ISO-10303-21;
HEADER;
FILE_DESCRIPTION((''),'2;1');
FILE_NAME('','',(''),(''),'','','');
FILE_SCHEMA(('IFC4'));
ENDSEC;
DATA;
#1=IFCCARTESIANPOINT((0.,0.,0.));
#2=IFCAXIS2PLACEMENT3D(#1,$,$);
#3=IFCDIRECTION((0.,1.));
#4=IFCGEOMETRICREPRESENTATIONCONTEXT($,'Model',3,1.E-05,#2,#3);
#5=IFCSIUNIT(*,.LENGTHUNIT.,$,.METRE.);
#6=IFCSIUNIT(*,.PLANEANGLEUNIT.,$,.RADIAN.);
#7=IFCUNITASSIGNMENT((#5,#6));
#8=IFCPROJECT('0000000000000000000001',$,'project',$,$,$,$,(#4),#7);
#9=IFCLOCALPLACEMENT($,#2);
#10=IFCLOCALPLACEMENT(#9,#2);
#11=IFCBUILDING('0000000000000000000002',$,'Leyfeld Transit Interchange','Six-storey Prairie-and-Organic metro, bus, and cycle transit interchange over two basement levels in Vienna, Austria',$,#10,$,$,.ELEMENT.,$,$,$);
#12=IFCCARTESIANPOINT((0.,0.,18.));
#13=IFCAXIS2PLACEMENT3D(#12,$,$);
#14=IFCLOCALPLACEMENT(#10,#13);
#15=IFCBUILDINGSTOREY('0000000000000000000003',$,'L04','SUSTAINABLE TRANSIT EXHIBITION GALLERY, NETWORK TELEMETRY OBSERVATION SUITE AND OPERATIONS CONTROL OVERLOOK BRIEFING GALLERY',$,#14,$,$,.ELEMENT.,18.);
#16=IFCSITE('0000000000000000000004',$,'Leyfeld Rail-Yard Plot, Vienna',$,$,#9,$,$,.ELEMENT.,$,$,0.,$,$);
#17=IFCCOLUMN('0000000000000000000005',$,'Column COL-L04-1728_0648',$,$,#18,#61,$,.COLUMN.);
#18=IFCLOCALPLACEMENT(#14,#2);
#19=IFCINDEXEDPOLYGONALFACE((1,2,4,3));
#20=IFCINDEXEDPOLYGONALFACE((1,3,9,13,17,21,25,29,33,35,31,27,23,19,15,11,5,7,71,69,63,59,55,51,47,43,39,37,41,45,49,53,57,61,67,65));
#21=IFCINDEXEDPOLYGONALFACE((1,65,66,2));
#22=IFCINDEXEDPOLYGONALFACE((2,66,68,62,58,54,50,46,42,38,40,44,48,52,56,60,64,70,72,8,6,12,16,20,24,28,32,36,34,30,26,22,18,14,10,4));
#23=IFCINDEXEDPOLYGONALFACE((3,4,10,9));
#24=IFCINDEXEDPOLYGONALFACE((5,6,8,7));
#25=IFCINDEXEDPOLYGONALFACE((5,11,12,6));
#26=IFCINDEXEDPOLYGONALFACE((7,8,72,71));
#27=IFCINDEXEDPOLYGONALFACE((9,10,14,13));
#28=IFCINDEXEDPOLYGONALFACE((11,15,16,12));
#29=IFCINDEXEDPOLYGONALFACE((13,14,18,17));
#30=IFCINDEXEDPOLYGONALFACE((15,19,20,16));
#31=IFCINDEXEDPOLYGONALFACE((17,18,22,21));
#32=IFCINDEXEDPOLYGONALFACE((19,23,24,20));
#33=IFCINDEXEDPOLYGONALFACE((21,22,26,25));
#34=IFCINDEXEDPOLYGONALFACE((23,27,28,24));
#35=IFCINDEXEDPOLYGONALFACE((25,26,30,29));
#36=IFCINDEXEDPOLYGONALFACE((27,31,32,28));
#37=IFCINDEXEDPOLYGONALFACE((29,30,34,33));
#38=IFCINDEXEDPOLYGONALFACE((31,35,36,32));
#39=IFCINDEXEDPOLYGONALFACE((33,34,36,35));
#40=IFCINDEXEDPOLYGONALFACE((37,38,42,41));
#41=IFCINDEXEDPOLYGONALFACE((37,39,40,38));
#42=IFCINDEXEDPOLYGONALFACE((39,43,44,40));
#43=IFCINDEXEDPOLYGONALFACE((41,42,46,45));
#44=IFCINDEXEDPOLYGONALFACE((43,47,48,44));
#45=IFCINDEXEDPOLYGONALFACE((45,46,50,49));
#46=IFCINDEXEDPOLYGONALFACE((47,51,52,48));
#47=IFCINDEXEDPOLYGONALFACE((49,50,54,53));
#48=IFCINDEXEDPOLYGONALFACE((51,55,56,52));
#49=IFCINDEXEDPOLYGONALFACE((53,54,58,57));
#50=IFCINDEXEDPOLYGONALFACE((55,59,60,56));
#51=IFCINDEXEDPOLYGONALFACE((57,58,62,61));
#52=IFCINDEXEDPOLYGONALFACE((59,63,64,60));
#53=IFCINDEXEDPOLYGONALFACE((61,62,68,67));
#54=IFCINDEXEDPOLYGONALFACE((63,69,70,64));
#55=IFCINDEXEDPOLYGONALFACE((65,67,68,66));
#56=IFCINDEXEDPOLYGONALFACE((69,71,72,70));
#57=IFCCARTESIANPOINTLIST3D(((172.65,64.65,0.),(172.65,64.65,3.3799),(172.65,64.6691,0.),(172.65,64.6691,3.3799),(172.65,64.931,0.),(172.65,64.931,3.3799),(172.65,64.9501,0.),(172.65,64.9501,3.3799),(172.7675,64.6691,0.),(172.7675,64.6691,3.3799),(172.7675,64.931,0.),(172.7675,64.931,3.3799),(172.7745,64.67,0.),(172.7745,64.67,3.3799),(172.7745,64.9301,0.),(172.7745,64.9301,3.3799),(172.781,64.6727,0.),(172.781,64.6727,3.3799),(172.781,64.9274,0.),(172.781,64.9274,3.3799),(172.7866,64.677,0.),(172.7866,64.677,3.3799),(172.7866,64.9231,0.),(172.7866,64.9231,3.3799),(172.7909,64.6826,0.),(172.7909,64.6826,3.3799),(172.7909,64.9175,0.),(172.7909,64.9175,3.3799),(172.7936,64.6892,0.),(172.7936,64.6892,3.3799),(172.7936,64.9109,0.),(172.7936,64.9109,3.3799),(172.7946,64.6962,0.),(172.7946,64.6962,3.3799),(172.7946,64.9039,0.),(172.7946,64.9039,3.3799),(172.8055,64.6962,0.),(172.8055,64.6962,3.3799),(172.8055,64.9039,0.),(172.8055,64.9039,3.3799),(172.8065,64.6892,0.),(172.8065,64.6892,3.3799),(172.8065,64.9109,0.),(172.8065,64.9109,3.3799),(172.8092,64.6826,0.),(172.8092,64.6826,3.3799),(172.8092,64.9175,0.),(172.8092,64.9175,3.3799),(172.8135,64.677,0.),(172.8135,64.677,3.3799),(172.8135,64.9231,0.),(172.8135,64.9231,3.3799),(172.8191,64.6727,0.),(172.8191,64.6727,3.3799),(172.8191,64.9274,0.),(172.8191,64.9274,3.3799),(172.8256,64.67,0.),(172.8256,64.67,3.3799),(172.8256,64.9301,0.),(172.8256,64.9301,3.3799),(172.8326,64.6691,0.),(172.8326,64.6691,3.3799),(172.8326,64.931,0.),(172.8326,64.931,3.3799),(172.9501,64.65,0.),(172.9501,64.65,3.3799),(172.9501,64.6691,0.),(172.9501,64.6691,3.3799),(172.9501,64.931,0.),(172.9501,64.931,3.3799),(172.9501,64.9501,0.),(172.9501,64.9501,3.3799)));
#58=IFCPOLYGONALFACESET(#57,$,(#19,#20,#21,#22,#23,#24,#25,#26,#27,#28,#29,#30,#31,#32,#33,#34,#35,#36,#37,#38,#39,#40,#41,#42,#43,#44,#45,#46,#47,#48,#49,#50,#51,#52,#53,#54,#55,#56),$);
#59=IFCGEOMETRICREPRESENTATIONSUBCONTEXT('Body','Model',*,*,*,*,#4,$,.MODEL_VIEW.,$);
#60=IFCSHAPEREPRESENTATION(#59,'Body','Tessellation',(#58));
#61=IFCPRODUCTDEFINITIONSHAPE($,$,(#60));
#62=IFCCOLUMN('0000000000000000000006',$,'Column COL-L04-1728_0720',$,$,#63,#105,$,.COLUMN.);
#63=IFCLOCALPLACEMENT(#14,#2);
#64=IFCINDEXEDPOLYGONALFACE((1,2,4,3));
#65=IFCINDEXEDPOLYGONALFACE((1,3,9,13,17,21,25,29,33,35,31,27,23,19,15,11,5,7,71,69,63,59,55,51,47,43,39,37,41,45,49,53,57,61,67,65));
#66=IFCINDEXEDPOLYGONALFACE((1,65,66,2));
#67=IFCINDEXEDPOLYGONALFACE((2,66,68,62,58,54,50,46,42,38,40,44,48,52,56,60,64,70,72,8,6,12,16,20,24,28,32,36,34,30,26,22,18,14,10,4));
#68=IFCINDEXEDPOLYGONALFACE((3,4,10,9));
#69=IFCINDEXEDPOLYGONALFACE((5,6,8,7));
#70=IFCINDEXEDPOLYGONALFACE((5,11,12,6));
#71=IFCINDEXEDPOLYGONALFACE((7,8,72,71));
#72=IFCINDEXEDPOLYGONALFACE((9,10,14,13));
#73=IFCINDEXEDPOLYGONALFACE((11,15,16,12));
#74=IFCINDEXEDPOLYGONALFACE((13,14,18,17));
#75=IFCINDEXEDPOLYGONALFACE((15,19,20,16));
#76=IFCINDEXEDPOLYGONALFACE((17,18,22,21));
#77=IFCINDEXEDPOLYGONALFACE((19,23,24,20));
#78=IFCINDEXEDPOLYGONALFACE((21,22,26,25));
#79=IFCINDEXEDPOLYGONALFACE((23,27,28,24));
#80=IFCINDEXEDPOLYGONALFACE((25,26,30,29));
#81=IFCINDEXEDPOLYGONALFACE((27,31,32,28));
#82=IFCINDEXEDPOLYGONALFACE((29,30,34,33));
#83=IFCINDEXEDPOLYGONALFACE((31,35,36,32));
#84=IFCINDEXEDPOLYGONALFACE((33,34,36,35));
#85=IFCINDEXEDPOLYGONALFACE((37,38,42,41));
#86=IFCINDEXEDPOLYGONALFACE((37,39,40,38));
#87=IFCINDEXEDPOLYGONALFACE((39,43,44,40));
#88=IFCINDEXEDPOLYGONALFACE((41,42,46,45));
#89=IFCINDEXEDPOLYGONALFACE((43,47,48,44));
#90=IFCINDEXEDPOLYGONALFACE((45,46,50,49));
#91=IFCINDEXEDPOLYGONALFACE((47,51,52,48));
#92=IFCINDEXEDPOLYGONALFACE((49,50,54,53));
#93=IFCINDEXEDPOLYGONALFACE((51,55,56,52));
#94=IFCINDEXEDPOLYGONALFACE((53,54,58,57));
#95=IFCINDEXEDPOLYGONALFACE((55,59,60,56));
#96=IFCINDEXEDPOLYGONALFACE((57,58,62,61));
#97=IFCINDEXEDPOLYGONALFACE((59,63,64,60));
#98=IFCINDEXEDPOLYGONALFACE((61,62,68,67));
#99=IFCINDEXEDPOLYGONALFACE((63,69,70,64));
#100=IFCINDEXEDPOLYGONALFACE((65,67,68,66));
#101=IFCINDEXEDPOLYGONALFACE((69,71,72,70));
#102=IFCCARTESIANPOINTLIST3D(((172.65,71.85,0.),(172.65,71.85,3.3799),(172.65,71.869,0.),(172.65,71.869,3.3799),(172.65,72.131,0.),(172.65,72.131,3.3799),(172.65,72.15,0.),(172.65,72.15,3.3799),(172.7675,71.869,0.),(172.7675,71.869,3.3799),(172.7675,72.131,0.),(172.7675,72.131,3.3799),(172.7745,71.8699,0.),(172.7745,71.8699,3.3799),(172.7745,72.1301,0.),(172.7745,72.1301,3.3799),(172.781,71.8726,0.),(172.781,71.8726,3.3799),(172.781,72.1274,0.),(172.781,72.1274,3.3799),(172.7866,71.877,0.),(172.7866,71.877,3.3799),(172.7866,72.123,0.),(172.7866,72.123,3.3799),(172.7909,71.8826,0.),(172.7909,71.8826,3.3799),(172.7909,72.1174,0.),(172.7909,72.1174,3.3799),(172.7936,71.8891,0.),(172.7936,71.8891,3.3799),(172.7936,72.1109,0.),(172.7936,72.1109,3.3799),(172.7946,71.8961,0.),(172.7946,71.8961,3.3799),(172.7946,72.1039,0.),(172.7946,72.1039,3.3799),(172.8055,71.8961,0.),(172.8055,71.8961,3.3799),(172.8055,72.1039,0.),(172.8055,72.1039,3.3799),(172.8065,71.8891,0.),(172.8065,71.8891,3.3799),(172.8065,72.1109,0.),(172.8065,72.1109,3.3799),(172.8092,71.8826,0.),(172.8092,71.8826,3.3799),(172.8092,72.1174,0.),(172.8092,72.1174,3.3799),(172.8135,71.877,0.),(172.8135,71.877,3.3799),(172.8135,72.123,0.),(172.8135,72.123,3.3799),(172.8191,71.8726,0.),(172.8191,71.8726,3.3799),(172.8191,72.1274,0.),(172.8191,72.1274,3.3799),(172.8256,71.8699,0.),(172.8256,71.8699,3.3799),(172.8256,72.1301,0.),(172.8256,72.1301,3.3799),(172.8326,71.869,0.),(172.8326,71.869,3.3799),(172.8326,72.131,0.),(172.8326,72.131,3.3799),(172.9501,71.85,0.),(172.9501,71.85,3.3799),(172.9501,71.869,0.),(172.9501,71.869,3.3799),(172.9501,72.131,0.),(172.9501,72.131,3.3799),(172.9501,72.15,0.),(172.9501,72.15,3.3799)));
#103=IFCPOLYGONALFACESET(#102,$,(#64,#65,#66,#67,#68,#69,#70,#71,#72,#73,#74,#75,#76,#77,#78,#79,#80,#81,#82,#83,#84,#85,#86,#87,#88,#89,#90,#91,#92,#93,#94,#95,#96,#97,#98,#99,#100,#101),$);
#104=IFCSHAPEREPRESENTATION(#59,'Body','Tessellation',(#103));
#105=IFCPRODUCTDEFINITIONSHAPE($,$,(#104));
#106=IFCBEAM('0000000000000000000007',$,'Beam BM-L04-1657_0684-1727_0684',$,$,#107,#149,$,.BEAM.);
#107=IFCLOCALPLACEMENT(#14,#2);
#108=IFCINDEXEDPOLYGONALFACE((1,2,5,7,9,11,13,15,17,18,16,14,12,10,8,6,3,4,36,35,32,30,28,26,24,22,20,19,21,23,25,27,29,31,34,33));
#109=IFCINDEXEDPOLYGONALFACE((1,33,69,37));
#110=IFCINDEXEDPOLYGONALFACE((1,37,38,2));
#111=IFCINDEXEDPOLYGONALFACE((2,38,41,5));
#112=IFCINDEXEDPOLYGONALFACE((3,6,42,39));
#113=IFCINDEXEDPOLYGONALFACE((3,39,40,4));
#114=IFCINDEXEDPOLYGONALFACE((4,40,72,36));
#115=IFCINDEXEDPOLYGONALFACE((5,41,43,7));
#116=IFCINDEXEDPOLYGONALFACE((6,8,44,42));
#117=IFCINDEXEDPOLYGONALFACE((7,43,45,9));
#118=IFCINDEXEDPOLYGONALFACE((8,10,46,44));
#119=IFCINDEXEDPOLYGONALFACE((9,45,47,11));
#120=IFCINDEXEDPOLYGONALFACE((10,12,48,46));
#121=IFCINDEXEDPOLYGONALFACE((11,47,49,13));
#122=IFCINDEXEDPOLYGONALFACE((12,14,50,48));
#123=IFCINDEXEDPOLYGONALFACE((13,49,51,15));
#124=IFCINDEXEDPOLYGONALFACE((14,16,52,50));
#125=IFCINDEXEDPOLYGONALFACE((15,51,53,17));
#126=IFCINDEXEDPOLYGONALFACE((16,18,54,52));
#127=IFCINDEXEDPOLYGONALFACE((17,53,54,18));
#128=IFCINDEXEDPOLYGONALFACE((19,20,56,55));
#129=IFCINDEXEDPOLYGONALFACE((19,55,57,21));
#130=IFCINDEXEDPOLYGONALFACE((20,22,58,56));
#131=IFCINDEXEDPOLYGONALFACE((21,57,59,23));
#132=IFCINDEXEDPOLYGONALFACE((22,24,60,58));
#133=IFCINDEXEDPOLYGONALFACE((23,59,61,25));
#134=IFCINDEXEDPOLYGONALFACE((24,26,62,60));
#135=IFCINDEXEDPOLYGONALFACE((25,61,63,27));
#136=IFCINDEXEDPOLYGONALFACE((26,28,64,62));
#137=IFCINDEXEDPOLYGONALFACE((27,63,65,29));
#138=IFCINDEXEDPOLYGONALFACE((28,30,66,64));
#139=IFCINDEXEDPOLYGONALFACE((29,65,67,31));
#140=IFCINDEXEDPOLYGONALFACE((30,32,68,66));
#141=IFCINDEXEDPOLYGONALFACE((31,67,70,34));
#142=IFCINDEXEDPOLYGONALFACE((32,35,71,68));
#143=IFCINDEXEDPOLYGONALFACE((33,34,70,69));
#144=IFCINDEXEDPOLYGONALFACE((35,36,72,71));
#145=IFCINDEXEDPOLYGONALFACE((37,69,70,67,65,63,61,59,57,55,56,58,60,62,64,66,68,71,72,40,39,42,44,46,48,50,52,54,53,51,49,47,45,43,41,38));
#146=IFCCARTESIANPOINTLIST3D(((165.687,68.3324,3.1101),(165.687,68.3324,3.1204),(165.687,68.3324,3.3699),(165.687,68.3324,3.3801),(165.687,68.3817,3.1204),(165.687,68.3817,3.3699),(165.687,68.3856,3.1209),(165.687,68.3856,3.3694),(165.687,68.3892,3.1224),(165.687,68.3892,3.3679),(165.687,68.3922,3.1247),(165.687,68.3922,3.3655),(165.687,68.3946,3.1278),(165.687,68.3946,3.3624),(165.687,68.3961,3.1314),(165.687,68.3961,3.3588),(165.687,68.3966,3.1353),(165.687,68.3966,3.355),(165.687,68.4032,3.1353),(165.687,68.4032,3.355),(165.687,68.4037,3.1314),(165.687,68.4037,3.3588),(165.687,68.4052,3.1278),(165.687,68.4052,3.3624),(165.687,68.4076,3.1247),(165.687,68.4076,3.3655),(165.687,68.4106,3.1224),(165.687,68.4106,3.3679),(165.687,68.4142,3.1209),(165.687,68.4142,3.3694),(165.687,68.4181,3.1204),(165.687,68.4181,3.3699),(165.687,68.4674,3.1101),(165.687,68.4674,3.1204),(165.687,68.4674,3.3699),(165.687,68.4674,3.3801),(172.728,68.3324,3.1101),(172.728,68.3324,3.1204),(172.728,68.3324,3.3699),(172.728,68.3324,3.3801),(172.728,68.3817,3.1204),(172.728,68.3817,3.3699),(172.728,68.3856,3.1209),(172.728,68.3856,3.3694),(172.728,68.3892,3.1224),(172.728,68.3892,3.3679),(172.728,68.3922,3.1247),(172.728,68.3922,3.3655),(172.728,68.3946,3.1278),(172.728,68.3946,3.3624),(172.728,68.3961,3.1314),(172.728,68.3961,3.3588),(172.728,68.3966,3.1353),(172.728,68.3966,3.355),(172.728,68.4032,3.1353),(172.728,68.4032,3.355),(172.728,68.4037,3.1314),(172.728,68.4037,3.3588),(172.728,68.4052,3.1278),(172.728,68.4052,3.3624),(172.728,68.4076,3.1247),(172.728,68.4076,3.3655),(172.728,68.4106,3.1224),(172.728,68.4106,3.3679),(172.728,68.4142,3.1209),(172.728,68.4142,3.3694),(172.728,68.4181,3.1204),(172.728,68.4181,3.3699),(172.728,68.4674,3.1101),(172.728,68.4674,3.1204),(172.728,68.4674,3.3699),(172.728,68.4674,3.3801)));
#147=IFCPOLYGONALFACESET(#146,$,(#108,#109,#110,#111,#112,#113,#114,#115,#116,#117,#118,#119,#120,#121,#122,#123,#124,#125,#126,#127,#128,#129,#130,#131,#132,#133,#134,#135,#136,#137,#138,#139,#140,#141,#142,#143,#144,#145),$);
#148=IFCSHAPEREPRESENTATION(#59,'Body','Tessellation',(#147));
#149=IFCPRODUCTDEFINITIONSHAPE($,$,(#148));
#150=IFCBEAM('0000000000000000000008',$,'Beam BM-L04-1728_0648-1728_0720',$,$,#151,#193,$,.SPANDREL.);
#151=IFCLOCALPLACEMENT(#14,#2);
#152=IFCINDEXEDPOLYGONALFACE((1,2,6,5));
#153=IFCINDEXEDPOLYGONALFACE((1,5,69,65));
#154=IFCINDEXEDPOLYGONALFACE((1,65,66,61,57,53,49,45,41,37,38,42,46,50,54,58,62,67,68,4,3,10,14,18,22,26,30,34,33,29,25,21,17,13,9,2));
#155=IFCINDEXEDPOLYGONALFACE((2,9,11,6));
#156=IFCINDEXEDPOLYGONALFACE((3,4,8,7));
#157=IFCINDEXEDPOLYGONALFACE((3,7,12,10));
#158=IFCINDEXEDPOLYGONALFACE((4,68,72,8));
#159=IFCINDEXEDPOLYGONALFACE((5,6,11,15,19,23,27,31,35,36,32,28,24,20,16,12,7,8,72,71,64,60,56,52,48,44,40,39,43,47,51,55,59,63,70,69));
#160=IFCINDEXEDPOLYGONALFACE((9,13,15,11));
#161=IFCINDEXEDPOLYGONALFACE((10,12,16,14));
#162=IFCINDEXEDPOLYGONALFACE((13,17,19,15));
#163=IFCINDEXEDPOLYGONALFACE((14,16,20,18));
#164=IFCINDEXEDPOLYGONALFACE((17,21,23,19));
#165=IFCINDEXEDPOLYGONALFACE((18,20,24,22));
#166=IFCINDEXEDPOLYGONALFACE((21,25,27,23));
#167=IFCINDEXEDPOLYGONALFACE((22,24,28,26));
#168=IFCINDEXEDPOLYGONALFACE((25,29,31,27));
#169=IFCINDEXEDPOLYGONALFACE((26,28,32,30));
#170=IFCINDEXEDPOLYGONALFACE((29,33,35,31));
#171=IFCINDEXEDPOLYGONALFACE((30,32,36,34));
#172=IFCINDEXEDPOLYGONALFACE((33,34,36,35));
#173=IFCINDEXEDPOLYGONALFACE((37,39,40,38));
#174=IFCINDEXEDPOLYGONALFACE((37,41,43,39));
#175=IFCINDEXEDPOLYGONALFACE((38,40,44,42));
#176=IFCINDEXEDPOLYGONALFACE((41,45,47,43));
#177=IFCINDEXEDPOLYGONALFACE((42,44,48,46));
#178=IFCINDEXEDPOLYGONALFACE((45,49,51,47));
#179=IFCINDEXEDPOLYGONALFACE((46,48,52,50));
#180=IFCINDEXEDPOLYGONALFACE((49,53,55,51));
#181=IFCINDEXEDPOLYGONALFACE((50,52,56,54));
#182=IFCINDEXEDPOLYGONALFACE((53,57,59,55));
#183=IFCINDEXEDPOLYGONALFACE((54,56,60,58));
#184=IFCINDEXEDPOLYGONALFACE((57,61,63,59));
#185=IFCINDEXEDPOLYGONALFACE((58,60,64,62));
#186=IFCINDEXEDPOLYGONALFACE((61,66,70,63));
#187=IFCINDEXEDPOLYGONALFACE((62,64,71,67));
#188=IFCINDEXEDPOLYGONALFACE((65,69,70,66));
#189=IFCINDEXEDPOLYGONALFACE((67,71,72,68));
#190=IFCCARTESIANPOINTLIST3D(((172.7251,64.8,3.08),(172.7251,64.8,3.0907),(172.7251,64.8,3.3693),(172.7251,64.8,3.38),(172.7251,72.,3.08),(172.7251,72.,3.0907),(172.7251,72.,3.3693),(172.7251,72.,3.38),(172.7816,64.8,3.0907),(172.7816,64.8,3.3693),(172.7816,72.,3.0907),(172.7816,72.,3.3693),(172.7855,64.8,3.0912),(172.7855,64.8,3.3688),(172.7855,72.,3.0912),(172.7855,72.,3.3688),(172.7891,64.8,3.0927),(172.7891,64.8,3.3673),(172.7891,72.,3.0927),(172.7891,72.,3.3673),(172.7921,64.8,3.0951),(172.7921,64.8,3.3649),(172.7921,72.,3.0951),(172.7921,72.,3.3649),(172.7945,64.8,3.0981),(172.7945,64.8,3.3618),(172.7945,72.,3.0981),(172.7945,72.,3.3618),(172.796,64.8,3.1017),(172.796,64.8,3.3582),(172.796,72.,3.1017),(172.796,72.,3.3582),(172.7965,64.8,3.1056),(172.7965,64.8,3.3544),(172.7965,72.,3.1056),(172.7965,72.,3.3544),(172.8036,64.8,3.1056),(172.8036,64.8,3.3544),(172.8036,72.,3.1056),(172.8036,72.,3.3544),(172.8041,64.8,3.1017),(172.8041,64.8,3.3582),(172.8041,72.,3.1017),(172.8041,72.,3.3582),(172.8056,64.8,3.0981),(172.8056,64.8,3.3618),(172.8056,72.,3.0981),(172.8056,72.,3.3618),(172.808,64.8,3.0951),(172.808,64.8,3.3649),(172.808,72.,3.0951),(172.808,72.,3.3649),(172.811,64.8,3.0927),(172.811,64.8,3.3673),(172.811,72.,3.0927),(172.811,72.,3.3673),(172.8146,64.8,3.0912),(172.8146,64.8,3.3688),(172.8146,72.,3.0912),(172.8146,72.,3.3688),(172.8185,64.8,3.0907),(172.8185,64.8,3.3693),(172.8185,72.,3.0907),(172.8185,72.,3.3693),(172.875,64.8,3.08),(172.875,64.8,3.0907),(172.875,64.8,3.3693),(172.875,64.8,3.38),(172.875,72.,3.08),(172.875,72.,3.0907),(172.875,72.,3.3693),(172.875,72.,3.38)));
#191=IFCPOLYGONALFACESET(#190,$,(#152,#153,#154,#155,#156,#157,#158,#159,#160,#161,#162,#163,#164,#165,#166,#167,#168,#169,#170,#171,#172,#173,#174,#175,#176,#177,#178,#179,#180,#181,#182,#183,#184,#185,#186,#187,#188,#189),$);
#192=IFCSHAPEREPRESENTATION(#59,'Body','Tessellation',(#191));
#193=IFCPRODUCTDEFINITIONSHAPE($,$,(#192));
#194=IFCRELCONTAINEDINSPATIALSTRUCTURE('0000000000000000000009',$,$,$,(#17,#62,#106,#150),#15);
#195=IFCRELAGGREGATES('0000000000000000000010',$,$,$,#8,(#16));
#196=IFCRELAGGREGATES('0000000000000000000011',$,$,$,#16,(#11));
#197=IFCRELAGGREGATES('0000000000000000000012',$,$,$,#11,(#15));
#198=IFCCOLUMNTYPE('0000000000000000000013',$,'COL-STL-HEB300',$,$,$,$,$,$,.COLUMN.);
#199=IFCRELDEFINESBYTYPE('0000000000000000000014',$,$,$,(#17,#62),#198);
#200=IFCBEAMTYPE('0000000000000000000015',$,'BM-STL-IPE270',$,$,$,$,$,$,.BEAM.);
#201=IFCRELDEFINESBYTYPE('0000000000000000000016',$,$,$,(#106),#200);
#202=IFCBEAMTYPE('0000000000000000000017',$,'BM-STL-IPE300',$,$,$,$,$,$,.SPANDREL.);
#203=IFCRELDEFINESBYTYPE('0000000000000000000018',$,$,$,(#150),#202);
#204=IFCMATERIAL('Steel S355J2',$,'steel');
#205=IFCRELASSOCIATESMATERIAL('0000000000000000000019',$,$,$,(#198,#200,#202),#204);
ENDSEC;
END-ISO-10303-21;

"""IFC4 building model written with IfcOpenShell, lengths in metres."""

from ifc_helpers import new_model, si_unit, direction, frame, origin, origin_2d, place, context, subcontext, project, spatial, i_section, extrude, material, material_profile, profile_set, type_object, element, save


model = new_model("IFC4")

# Units and contexts
model_context = context("Model", 3, precision=1e-05, world=origin(), true_north=direction((0.0, 1.0)))
body_context = subcontext(model_context, "Body", "Model", "MODEL_VIEW")
ifc_project = project(units=[si_unit("LENGTHUNIT", "METRE"), si_unit("PLANEANGLEUNIT", "RADIAN")], contexts=[model_context])

# Site, building, storey
site_placement = place(None, origin())
site = spatial("IfcSite", under=ifc_project, at=site_placement, Name="Leyfeld Rail-Yard Plot, Vienna", CompositionType="ELEMENT", RefElevation=0.0)
building_placement = place(site_placement, origin())
building = spatial("IfcBuilding", under=site, at=building_placement, Name="Leyfeld Transit Interchange", Description="Six-storey Prairie-and-Organic metro, bus, and cycle transit interchange over two basement levels in Vienna, Austria", CompositionType="ELEMENT")
storey_placement = place(building_placement, frame((0.0, 0.0, 18.0)))
storey = spatial("IfcBuildingStorey", under=building, at=storey_placement, Name="L04", Description="SUSTAINABLE TRANSIT EXHIBITION GALLERY, NETWORK TELEMETRY OBSERVATION SUITE AND OPERATIONS CONTROL OVERLOOK BRIEFING GALLERY", CompositionType="ELEMENT", Elevation=18.0)

# Columns
ifc_material_1 = material(Name="Steel S355J2", Category="steel")
ifc_material_profile_1 = material_profile(ifc_material_1, i_section(OverallWidth=0.3, OverallDepth=0.3, WebThickness=0.011, FlangeThickness=0.019, FilletRadius=0.0271, at=origin_2d()), Name="HEB 300")
ifc_profile_set_1 = profile_set([ifc_material_profile_1], Name="Steel S355J2")
column_type = type_object("IfcColumnType", Name="COL-STL-HEB300", PredefinedType="COLUMN", material=ifc_profile_set_1)
for number, where, z_axis, x_axis, name in (
    (1, (172.8, 64.8, 0.0), (0.0, 0.0, 1.0), (1.0, 0.0, 0.0), "Column COL-L04-1728_0648"),
    (2, (172.8, 72.0, 0.0), (0.0, 0.0, 1.0), (1.0, 0.0, 0.0), "Column COL-L04-1728_0720"),
):
    element("IfcColumn", number, at=place(storey_placement, frame(where, z_axis=z_axis, x_axis=x_axis)), inside=storey, type_object=column_type, Name=name, PredefinedType="COLUMN", context=body_context, shape_type="SweptSolid", body=[
        extrude(i_section(OverallWidth=0.3, OverallDepth=0.3, WebThickness=0.011, FlangeThickness=0.019, FilletRadius=0.0271, at=origin_2d()), origin(), (0.0, 0.0, 1.0), 3.3799),
    ])

# Beams
ifc_material_profile_2 = material_profile(ifc_material_1, i_section(OverallWidth=0.135, OverallDepth=0.27, WebThickness=0.0066, FlangeThickness=0.0103, FilletRadius=0.0149, at=origin_2d()), Name="IPE 270")
ifc_profile_set_2 = profile_set([ifc_material_profile_2], Name="Steel S355J2")
beam_type_1 = type_object("IfcBeamType", Name="BM-STL-IPE270", PredefinedType="BEAM", material=ifc_profile_set_2)
beam_placement = place(storey_placement, frame((165.687, 68.3999, 3.2451), z_axis=(1.0, 0.0, 0.0), x_axis=(0.0, 1.0, 0.0)))
element("IfcBeam", 3, at=beam_placement, inside=storey, type_object=beam_type_1, Name="Beam BM-L04-1657_0684-1727_0684", PredefinedType="BEAM", context=body_context, shape_type="SweptSolid", body=[
    extrude(i_section(OverallWidth=0.135, OverallDepth=0.27, WebThickness=0.0066, FlangeThickness=0.0103, FilletRadius=0.0149, at=origin_2d()), origin(), (0.0, 0.0, 1.0), 7.041),
])
ifc_material_profile_3 = material_profile(ifc_material_1, i_section(OverallWidth=0.1499, OverallDepth=0.3, WebThickness=0.0071, FlangeThickness=0.0107, FilletRadius=0.0149, at=origin_2d()), Name="IPE 300")
ifc_profile_set_3 = profile_set([ifc_material_profile_3], Name="Steel S355J2")
beam_type_2 = type_object("IfcBeamType", Name="BM-STL-IPE300", PredefinedType="SPANDREL", material=ifc_profile_set_3)
for number, where, z_axis, x_axis, name in (
    (4, (172.8, 64.8, 3.23), (0.0, 1.0, 0.0), (-1.0, 0.0, 0.0), "Beam BM-L04-1728_0648-1728_0720"),
):
    element("IfcBeam", number, at=place(storey_placement, frame(where, z_axis=z_axis, x_axis=x_axis)), inside=storey, type_object=beam_type_2, Name=name, PredefinedType="SPANDREL", context=body_context, shape_type="SweptSolid", body=[
        extrude(i_section(OverallWidth=0.1499, OverallDepth=0.3, WebThickness=0.0071, FlangeThickness=0.0107, FilletRadius=0.0149, at=origin_2d()), origin(), (0.0, 0.0, 1.0), 7.2),
    ])

save(model, "model.ifc")
